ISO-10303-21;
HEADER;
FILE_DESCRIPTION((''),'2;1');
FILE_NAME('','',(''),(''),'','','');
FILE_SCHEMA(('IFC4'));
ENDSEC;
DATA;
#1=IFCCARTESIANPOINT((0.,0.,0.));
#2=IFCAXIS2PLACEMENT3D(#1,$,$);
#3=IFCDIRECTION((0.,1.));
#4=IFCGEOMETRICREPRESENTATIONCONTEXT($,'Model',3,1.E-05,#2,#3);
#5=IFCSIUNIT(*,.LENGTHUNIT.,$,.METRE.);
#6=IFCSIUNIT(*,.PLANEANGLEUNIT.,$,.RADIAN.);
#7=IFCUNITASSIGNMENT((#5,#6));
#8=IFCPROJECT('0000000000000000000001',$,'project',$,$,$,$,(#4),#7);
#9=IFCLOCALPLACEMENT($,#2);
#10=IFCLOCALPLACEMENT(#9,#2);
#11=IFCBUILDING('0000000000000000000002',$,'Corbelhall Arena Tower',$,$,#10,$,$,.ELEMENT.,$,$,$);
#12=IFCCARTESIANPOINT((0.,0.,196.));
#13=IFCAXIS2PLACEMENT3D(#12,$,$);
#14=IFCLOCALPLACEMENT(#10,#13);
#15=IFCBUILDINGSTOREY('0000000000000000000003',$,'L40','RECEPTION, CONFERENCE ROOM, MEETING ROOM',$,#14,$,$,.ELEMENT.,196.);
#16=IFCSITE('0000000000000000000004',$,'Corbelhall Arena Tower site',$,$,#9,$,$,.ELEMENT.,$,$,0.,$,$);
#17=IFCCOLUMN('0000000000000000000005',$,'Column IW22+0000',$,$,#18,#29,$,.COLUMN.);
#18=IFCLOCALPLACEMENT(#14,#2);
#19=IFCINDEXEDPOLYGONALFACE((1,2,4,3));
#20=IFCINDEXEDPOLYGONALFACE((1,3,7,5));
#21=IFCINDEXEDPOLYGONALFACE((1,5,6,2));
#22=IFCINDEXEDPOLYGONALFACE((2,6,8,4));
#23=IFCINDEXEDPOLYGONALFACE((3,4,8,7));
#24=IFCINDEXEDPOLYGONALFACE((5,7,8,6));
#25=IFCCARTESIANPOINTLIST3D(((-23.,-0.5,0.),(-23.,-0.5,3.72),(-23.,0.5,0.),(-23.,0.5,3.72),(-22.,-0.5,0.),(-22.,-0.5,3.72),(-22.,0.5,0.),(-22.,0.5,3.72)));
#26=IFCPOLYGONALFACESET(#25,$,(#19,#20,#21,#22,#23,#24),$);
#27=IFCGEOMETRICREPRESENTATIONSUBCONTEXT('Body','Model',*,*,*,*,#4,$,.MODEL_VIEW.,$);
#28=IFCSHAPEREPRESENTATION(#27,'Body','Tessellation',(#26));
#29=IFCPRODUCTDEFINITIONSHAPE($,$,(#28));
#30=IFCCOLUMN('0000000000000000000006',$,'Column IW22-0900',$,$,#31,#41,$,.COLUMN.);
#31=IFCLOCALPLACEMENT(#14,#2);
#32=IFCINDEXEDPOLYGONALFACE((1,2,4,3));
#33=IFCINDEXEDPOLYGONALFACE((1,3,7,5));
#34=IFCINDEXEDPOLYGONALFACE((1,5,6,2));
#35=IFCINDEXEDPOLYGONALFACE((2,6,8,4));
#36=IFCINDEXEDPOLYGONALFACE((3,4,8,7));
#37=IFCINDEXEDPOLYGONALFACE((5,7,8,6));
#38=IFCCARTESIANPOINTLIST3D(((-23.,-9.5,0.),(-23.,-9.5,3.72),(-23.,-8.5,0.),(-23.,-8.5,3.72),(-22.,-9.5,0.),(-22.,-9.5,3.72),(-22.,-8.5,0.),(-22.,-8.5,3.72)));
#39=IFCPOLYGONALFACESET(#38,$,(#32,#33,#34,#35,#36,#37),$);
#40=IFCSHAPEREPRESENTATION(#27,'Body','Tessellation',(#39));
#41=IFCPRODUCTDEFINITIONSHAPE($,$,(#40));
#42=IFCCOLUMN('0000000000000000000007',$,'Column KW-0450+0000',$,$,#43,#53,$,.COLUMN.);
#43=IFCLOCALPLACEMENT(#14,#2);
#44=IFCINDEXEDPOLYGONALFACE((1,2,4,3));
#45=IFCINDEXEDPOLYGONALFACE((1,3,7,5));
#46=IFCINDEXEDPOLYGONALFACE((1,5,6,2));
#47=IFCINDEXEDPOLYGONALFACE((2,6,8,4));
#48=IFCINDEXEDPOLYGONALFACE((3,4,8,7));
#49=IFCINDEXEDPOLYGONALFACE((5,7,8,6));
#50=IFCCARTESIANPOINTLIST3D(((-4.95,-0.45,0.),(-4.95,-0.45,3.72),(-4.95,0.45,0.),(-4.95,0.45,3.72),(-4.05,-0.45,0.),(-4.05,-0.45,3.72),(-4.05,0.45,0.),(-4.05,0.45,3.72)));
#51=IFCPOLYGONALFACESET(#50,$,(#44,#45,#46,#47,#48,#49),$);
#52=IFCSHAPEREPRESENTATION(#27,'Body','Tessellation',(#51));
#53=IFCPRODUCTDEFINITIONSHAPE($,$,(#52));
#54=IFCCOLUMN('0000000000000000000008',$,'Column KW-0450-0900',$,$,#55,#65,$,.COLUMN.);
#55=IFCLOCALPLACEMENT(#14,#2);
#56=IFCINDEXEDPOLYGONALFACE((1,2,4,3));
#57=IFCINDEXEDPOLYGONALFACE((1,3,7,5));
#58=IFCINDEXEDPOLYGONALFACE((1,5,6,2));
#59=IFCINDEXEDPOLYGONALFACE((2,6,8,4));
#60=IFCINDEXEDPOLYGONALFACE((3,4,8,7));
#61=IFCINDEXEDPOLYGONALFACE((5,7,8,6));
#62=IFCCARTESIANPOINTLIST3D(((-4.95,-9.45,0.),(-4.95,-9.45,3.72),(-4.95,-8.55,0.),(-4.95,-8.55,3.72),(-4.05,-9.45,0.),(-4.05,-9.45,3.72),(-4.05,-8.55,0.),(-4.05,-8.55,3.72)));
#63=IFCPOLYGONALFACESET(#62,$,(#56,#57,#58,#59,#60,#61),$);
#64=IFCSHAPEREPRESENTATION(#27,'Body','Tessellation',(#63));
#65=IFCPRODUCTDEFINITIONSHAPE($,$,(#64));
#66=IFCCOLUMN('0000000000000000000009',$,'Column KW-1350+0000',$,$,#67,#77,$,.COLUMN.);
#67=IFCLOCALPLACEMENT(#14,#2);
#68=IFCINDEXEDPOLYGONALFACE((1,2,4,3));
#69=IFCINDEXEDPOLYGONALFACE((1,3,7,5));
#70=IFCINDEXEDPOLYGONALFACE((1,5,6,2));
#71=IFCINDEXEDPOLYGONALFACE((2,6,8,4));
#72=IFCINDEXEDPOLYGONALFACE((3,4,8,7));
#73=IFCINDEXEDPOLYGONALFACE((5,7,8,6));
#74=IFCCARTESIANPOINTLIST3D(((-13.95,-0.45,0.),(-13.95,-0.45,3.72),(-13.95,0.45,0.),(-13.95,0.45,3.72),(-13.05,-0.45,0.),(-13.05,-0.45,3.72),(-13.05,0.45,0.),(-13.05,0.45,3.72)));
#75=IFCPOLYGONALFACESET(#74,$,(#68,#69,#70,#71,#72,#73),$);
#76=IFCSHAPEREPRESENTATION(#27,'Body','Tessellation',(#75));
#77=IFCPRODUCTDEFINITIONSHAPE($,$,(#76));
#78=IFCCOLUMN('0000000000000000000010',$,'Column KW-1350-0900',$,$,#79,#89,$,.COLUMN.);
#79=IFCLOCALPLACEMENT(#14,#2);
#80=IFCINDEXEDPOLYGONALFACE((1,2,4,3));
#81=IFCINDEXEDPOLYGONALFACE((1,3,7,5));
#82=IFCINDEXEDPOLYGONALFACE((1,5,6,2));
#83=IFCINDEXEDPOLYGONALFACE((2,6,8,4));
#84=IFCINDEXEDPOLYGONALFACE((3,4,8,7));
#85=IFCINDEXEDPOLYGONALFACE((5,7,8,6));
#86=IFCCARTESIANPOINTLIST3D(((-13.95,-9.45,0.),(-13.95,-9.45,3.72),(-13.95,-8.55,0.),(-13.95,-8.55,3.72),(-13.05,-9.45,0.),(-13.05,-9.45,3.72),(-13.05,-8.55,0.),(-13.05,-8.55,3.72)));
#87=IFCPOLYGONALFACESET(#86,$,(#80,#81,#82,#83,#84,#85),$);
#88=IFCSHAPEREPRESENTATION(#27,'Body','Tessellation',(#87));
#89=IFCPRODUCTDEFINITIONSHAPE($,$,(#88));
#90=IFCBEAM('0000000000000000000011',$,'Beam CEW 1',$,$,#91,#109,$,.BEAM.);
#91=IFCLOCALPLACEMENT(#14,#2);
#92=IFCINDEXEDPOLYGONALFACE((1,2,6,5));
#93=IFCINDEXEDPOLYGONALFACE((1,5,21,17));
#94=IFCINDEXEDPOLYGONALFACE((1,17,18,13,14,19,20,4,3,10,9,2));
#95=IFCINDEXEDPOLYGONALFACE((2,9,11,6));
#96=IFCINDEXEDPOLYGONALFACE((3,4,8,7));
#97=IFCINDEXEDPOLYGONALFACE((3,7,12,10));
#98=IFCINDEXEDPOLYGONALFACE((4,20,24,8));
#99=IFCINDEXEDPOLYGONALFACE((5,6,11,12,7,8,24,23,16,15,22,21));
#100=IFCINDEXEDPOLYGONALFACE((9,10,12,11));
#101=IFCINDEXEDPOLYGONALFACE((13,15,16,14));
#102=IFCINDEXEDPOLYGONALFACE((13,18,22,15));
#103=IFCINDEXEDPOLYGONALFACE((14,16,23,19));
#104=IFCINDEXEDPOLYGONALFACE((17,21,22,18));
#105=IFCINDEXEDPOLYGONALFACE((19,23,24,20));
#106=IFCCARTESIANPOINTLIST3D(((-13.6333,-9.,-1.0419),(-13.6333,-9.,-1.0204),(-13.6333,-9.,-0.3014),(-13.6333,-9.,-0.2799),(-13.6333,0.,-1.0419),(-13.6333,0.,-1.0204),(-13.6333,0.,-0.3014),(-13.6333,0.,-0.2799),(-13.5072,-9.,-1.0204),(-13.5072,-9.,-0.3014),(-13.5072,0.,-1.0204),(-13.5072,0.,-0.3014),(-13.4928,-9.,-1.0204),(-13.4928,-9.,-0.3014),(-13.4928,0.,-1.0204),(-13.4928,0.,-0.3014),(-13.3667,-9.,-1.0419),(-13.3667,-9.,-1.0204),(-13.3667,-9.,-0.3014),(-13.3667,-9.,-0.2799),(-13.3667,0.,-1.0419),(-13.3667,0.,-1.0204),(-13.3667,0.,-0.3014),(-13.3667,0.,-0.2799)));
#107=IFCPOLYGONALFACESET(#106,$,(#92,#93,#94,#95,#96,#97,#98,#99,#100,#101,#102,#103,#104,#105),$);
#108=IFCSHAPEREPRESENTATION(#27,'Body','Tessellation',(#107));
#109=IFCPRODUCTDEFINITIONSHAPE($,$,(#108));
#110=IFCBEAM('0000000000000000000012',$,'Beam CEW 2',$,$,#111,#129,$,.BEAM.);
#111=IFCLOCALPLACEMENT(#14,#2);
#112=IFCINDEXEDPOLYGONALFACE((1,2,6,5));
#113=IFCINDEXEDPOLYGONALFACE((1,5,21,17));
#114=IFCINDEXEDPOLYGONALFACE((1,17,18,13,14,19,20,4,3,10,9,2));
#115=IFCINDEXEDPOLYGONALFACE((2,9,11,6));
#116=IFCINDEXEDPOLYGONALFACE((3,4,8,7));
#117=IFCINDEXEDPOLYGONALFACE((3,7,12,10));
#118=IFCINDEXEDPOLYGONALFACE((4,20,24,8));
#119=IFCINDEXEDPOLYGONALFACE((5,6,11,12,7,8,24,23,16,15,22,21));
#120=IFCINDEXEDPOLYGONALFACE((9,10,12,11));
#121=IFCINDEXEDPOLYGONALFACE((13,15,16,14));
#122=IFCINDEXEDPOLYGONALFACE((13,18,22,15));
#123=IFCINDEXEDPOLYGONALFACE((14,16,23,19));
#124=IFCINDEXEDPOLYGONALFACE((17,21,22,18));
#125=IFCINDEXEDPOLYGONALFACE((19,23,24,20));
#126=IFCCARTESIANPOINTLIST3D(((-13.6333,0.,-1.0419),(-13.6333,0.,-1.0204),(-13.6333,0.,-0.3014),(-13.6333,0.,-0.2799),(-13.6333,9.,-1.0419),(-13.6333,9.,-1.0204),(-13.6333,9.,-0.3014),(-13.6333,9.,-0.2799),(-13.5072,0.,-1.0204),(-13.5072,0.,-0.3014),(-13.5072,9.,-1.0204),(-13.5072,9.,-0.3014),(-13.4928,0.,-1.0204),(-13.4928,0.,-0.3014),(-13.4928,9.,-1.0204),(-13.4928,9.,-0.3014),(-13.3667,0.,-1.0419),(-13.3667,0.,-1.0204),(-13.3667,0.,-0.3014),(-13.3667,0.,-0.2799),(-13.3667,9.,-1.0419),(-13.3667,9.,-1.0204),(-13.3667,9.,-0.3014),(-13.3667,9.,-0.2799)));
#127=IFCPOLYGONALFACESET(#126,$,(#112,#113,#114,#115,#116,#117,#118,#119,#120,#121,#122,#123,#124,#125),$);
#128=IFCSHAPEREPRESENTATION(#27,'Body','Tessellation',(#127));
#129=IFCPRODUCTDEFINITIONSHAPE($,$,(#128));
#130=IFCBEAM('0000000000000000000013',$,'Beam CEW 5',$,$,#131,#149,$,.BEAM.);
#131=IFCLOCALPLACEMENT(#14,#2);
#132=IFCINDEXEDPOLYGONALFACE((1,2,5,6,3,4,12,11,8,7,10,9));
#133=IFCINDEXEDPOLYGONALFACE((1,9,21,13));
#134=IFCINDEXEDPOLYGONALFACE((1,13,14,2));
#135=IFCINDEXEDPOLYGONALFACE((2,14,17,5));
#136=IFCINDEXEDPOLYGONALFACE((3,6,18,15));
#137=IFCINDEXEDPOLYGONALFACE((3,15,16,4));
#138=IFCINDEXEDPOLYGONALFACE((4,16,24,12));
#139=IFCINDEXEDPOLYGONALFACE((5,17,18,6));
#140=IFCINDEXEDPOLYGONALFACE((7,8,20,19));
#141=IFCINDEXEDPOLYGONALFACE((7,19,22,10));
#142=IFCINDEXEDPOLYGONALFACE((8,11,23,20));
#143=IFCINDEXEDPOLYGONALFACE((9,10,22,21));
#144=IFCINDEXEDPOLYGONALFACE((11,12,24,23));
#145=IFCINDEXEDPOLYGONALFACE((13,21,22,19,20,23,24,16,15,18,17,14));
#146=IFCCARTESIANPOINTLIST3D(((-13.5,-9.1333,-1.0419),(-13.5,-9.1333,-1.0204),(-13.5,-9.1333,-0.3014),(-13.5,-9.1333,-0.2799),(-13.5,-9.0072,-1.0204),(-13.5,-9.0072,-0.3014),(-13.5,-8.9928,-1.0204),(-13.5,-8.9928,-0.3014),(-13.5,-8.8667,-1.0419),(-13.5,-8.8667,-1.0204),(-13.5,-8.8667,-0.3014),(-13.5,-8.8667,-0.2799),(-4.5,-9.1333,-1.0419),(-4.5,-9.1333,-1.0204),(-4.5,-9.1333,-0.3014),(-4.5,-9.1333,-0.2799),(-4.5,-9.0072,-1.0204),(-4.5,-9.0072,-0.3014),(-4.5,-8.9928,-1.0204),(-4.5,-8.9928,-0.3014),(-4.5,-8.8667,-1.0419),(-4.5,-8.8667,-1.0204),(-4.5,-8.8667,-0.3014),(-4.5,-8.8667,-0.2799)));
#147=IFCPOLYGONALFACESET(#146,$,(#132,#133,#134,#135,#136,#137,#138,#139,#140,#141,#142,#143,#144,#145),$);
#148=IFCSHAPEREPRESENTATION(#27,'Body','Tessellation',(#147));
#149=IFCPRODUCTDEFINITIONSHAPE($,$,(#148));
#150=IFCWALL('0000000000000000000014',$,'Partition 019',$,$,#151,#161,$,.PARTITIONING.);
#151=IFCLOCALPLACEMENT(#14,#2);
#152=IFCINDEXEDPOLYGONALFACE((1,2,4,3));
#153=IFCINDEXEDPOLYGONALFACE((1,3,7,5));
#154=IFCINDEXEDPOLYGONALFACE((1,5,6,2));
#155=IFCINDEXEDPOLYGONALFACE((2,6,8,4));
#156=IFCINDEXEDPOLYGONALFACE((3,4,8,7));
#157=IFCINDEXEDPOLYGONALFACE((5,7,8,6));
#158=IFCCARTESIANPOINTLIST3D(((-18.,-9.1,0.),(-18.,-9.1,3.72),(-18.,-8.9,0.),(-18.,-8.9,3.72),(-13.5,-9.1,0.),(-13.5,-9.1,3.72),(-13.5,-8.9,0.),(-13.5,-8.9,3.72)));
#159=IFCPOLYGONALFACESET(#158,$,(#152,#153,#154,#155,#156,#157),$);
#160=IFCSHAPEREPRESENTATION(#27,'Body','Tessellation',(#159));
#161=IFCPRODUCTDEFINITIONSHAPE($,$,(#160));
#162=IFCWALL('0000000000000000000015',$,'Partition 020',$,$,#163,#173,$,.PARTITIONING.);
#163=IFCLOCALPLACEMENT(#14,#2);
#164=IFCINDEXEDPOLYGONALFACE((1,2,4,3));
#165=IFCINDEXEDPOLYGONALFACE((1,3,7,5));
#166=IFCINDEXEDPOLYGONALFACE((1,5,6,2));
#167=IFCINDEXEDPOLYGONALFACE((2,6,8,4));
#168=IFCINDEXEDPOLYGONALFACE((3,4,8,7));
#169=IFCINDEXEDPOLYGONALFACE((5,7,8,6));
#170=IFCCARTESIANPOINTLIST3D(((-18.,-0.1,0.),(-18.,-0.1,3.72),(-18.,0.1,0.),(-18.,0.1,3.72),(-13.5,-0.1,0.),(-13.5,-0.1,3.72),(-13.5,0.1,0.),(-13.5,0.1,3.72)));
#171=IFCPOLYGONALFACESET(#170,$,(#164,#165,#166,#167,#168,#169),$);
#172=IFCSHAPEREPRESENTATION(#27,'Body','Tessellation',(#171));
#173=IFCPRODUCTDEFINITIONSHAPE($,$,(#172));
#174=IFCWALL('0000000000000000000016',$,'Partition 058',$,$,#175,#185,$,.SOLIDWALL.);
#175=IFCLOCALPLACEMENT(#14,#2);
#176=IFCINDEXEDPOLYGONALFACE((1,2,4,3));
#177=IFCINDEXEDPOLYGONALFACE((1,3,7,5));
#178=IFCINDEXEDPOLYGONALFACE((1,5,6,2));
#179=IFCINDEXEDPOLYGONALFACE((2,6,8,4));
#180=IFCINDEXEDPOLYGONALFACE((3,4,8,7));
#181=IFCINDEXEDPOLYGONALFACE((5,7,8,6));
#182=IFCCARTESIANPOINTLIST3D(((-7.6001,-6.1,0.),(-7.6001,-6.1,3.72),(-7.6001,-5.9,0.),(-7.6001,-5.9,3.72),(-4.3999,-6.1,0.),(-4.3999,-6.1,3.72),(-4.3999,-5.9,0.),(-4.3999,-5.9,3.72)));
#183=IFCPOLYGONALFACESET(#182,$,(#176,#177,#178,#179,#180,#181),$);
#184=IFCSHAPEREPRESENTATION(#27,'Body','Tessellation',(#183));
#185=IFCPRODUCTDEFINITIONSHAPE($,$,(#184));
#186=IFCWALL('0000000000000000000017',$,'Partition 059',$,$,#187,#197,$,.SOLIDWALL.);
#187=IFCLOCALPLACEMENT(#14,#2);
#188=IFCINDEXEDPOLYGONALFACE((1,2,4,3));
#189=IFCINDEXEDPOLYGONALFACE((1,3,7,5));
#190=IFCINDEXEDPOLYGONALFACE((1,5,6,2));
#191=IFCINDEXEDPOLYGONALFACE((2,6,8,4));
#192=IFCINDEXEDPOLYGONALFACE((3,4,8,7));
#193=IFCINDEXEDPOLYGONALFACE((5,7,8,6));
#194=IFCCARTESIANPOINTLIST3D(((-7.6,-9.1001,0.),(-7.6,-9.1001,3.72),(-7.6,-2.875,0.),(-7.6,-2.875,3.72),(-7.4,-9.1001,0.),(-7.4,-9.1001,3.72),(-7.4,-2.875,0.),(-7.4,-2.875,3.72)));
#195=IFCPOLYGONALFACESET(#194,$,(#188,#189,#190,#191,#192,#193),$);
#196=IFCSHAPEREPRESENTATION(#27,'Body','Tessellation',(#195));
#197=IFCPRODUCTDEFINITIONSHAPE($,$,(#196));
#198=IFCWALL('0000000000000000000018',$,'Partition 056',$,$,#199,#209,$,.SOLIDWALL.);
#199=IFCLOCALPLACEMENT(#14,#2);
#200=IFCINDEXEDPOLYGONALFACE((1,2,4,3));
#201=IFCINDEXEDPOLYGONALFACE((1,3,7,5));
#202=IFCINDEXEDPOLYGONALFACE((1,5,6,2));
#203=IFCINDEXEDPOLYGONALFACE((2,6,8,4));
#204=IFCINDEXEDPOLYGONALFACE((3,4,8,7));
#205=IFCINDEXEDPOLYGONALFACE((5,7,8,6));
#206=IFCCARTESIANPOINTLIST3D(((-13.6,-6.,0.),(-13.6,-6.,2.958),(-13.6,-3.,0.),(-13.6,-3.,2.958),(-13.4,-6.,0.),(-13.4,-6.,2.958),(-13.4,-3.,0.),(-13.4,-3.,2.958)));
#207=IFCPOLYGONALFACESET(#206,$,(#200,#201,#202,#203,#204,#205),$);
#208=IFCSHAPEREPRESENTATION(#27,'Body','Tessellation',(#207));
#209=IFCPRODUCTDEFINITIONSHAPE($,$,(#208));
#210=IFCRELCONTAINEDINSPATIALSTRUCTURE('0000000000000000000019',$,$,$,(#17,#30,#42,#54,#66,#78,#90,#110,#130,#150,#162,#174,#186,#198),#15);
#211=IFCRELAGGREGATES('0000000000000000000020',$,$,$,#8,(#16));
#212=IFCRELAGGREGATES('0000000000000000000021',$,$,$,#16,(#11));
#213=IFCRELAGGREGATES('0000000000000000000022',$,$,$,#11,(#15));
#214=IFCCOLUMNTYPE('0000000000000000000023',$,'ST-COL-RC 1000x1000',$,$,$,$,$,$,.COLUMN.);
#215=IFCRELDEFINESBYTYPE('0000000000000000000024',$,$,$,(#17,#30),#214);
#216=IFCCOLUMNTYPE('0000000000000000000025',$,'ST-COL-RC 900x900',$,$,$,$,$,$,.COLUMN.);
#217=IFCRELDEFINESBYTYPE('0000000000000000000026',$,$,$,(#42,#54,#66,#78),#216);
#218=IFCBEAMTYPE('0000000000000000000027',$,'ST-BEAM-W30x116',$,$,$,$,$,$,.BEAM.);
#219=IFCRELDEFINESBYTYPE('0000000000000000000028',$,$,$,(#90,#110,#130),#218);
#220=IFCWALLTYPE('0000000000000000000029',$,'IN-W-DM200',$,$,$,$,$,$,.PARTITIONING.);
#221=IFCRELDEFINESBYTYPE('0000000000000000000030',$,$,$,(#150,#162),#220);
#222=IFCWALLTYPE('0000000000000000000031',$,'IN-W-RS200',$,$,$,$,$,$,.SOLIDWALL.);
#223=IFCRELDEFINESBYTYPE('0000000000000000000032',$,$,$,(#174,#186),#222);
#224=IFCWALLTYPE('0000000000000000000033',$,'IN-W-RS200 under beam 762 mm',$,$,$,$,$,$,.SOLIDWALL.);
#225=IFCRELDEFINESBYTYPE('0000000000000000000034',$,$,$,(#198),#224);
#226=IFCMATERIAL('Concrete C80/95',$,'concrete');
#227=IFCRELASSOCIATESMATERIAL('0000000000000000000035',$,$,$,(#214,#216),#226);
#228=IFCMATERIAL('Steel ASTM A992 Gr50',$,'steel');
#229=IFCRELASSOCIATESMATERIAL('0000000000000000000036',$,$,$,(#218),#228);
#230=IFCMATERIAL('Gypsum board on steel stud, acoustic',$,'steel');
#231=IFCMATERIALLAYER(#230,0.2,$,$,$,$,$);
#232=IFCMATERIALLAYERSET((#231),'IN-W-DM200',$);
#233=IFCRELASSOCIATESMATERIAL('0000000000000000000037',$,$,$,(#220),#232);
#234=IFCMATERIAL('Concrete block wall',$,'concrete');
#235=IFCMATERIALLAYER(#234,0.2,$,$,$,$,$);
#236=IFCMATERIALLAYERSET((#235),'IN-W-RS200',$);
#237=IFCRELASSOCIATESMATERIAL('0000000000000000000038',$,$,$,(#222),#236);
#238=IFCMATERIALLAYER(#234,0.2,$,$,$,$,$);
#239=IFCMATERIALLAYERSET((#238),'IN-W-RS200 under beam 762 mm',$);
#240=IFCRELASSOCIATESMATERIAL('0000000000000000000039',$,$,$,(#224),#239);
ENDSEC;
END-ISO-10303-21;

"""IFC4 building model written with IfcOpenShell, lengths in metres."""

from ifc_helpers import new_model, si_unit, direction, frame, frame_2d, origin, origin_2d, place, context, subcontext, project, spatial, rectangle, i_section, extrude, material, layer, layer_set, material_profile, profile_set, type_object, element, save


model = new_model("IFC4")

# Units and contexts
model_context = context("Model", 3, precision=1e-05, world=origin(), true_north=direction((0.0, 1.0)))
body_context = subcontext(model_context, "Body", "Model", "MODEL_VIEW")
ifc_project = project(units=[si_unit("LENGTHUNIT", "METRE"), si_unit("PLANEANGLEUNIT", "RADIAN")], contexts=[model_context])

# Site, building, storey
site_placement = place(None, origin())
site = spatial("IfcSite", under=ifc_project, at=site_placement, Name="Corbelhall Arena Tower site", CompositionType="ELEMENT", RefElevation=0.0)
building_placement = place(site_placement, origin())
building = spatial("IfcBuilding", under=site, at=building_placement, Name="Corbelhall Arena Tower", CompositionType="ELEMENT")
storey_placement = place(building_placement, frame((0.0, 0.0, 196.0)))
storey = spatial("IfcBuildingStorey", under=building, at=storey_placement, Name="L40", Description="RECEPTION, CONFERENCE ROOM, MEETING ROOM", CompositionType="ELEMENT", Elevation=196.0)

# Columns
ifc_material_1 = material(Name="Concrete C80/95", Category="concrete")
ifc_material_profile_1 = material_profile(ifc_material_1, rectangle(XDim=1.0, YDim=1.0, at=origin_2d()))
ifc_profile_set_1 = profile_set([ifc_material_profile_1], Name="Concrete C80/95")
column_type_1 = type_object("IfcColumnType", Name="ST-COL-RC 1000x1000", PredefinedType="COLUMN", material=ifc_profile_set_1)
for number, where, z_axis, x_axis, name in (
    (1, (-22.5, 0.0, 0.0), (0.0, 0.0, 1.0), (1.0, 0.0, 0.0), "Column IW22+0000"),
    (2, (-22.5, -9.0, 0.0), (0.0, 0.0, 1.0), (1.0, 0.0, 0.0), "Column IW22-0900"),
):
    element("IfcColumn", number, at=place(storey_placement, frame(where, z_axis=z_axis, x_axis=x_axis)), inside=storey, type_object=column_type_1, Name=name, PredefinedType="COLUMN", context=body_context, shape_type="SweptSolid", body=[
        extrude(rectangle(XDim=1.0, YDim=1.0, at=origin_2d()), origin(), (0.0, 0.0, 1.0), 3.72),
    ])
ifc_material_profile_2 = material_profile(ifc_material_1, rectangle(XDim=0.8999, YDim=0.8999, at=origin_2d()))
ifc_profile_set_2 = profile_set([ifc_material_profile_2], Name="Concrete C80/95")
column_type_2 = type_object("IfcColumnType", Name="ST-COL-RC 900x900", PredefinedType="COLUMN", material=ifc_profile_set_2)
for number, where, z_axis, x_axis, name in (
    (3, (-4.5, 0.0, 0.0), (0.0, 0.0, 1.0), (1.0, 0.0, 0.0), "Column KW-0450+0000"),
    (4, (-4.5, -9.0, 0.0), (0.0, 0.0, 1.0), (1.0, 0.0, 0.0), "Column KW-0450-0900"),
    (5, (-13.5, 0.0, 0.0), (0.0, 0.0, 1.0), (1.0, 0.0, 0.0), "Column KW-1350+0000"),
    (6, (-13.5, -9.0, 0.0), (0.0, 0.0, 1.0), (1.0, 0.0, 0.0), "Column KW-1350-0900"),
):
    element("IfcColumn", number, at=place(storey_placement, frame(where, z_axis=z_axis, x_axis=x_axis)), inside=storey, type_object=column_type_2, Name=name, PredefinedType="COLUMN", context=body_context, shape_type="SweptSolid", body=[
        extrude(rectangle(XDim=0.8999, YDim=0.8999, at=origin_2d()), origin(), (0.0, 0.0, 1.0), 3.72),
    ])

# Beams
ifc_material_2 = material(Name="Steel ASTM A992 Gr50", Category="steel")
ifc_material_profile_3 = material_profile(ifc_material_2, i_section(OverallWidth=0.2666, OverallDepth=0.762, WebThickness=0.0144, FlangeThickness=0.0215, at=origin_2d()))
ifc_profile_set_3 = profile_set([ifc_material_profile_3], Name="Steel ASTM A992 Gr50")
beam_type = type_object("IfcBeamType", Name="ST-BEAM-W30x116", PredefinedType="BEAM", material=ifc_profile_set_3)
for number, where, z_axis, x_axis, name in (
    (7, (-13.5, -9.0, -0.6609), (0.0, 1.0, 0.0), (-1.0, 0.0, 0.0), "Beam CEW 1"),
    (8, (-13.5, 0.0, -0.6609), (0.0, 1.0, 0.0), (-1.0, 0.0, 0.0), "Beam CEW 2"),
    (9, (-13.5, -9.0, -0.6609), (1.0, 0.0, 0.0), (0.0, 1.0, 0.0), "Beam CEW 5"),
):
    element("IfcBeam", number, at=place(storey_placement, frame(where, z_axis=z_axis, x_axis=x_axis)), inside=storey, type_object=beam_type, Name=name, PredefinedType="BEAM", context=body_context, shape_type="SweptSolid", body=[
        extrude(i_section(OverallWidth=0.2666, OverallDepth=0.762, WebThickness=0.0144, FlangeThickness=0.0215, at=origin_2d()), origin(), (0.0, 0.0, 1.0), 9.0),
    ])

# Walls
ifc_material_3 = material(Name="Gypsum board on steel stud, acoustic", Category="steel")
ifc_layer_1 = layer(ifc_material_3, 0.2)
ifc_layer_set_1 = layer_set([ifc_layer_1], Name="IN-W-DM200")
wall_type_1 = type_object("IfcWallType", Name="IN-W-DM200", PredefinedType="PARTITIONING", material=ifc_layer_set_1)
for number, where, z_axis, x_axis, name in (
    (10, (-18.0, -9.0, 0.0), (0.0, 0.0, 1.0), (1.0, 0.0, 0.0), "Partition 019"),
    (11, (-18.0, 0.0, 0.0), (0.0, 0.0, 1.0), (1.0, 0.0, 0.0), "Partition 020"),
):
    element("IfcWall", number, at=place(storey_placement, frame(where, z_axis=z_axis, x_axis=x_axis)), inside=storey, type_object=wall_type_1, Name=name, PredefinedType="PARTITIONING", context=body_context, shape_type="SweptSolid", body=[
        extrude(rectangle(XDim=4.5, YDim=0.2, at=frame_2d((2.25, 0.0))), origin(), (0.0, 0.0, 1.0), 3.72),
    ])

# Shared definitions
ifc_material_4 = material(Name="Concrete block wall", Category="concrete")
ifc_layer_2 = layer(ifc_material_4, 0.2)
ifc_layer_set_2 = layer_set([ifc_layer_2], Name="IN-W-RS200")
wall_type_2 = type_object("IfcWallType", Name="IN-W-RS200", PredefinedType="SOLIDWALL", material=ifc_layer_set_2)

# Walls
wall_1_placement = place(storey_placement, frame((-7.6001, -6.0, 0.0), z_axis=(0.0, 0.0, 1.0), x_axis=(1.0, 0.0, 0.0)))
element("IfcWall", 12, at=wall_1_placement, inside=storey, type_object=wall_type_2, Name="Partition 058", PredefinedType="SOLIDWALL", context=body_context, shape_type="SweptSolid", body=[
    extrude(rectangle(XDim=3.2002, YDim=0.2, at=frame_2d((1.6001, 0.0))), origin(), (0.0, 0.0, 1.0), 3.72),
])
wall_2_placement = place(storey_placement, frame((-7.5, -9.1001, 0.0), z_axis=(0.0, 0.0, 1.0), x_axis=(0.0, 1.0, 0.0)))
element("IfcWall", 13, at=wall_2_placement, inside=storey, type_object=wall_type_2, Name="Partition 059", PredefinedType="SOLIDWALL", context=body_context, shape_type="SweptSolid", body=[
    extrude(rectangle(XDim=6.2251, YDim=0.2, at=frame_2d((3.1125, 0.0))), origin(), (0.0, 0.0, 1.0), 3.72),
])
ifc_layer_3 = layer(ifc_material_4, 0.2)
ifc_layer_set_3 = layer_set([ifc_layer_3], Name="IN-W-RS200 under beam 762 mm")
wall_type_3 = type_object("IfcWallType", Name="IN-W-RS200 under beam 762 mm", PredefinedType="SOLIDWALL", material=ifc_layer_set_3)
wall_3_placement = place(storey_placement, frame((-13.5, -6.0, 0.0), z_axis=(0.0, 0.0, 1.0), x_axis=(0.0, 1.0, 0.0)))
element("IfcWall", 14, at=wall_3_placement, inside=storey, type_object=wall_type_3, Name="Partition 056", PredefinedType="SOLIDWALL", context=body_context, shape_type="SweptSolid", body=[
    extrude(rectangle(XDim=3.0, YDim=0.2, at=frame_2d((1.5, 0.0))), origin(), (0.0, 0.0, 1.0), 2.958),
])

save(model, "model.ifc")
